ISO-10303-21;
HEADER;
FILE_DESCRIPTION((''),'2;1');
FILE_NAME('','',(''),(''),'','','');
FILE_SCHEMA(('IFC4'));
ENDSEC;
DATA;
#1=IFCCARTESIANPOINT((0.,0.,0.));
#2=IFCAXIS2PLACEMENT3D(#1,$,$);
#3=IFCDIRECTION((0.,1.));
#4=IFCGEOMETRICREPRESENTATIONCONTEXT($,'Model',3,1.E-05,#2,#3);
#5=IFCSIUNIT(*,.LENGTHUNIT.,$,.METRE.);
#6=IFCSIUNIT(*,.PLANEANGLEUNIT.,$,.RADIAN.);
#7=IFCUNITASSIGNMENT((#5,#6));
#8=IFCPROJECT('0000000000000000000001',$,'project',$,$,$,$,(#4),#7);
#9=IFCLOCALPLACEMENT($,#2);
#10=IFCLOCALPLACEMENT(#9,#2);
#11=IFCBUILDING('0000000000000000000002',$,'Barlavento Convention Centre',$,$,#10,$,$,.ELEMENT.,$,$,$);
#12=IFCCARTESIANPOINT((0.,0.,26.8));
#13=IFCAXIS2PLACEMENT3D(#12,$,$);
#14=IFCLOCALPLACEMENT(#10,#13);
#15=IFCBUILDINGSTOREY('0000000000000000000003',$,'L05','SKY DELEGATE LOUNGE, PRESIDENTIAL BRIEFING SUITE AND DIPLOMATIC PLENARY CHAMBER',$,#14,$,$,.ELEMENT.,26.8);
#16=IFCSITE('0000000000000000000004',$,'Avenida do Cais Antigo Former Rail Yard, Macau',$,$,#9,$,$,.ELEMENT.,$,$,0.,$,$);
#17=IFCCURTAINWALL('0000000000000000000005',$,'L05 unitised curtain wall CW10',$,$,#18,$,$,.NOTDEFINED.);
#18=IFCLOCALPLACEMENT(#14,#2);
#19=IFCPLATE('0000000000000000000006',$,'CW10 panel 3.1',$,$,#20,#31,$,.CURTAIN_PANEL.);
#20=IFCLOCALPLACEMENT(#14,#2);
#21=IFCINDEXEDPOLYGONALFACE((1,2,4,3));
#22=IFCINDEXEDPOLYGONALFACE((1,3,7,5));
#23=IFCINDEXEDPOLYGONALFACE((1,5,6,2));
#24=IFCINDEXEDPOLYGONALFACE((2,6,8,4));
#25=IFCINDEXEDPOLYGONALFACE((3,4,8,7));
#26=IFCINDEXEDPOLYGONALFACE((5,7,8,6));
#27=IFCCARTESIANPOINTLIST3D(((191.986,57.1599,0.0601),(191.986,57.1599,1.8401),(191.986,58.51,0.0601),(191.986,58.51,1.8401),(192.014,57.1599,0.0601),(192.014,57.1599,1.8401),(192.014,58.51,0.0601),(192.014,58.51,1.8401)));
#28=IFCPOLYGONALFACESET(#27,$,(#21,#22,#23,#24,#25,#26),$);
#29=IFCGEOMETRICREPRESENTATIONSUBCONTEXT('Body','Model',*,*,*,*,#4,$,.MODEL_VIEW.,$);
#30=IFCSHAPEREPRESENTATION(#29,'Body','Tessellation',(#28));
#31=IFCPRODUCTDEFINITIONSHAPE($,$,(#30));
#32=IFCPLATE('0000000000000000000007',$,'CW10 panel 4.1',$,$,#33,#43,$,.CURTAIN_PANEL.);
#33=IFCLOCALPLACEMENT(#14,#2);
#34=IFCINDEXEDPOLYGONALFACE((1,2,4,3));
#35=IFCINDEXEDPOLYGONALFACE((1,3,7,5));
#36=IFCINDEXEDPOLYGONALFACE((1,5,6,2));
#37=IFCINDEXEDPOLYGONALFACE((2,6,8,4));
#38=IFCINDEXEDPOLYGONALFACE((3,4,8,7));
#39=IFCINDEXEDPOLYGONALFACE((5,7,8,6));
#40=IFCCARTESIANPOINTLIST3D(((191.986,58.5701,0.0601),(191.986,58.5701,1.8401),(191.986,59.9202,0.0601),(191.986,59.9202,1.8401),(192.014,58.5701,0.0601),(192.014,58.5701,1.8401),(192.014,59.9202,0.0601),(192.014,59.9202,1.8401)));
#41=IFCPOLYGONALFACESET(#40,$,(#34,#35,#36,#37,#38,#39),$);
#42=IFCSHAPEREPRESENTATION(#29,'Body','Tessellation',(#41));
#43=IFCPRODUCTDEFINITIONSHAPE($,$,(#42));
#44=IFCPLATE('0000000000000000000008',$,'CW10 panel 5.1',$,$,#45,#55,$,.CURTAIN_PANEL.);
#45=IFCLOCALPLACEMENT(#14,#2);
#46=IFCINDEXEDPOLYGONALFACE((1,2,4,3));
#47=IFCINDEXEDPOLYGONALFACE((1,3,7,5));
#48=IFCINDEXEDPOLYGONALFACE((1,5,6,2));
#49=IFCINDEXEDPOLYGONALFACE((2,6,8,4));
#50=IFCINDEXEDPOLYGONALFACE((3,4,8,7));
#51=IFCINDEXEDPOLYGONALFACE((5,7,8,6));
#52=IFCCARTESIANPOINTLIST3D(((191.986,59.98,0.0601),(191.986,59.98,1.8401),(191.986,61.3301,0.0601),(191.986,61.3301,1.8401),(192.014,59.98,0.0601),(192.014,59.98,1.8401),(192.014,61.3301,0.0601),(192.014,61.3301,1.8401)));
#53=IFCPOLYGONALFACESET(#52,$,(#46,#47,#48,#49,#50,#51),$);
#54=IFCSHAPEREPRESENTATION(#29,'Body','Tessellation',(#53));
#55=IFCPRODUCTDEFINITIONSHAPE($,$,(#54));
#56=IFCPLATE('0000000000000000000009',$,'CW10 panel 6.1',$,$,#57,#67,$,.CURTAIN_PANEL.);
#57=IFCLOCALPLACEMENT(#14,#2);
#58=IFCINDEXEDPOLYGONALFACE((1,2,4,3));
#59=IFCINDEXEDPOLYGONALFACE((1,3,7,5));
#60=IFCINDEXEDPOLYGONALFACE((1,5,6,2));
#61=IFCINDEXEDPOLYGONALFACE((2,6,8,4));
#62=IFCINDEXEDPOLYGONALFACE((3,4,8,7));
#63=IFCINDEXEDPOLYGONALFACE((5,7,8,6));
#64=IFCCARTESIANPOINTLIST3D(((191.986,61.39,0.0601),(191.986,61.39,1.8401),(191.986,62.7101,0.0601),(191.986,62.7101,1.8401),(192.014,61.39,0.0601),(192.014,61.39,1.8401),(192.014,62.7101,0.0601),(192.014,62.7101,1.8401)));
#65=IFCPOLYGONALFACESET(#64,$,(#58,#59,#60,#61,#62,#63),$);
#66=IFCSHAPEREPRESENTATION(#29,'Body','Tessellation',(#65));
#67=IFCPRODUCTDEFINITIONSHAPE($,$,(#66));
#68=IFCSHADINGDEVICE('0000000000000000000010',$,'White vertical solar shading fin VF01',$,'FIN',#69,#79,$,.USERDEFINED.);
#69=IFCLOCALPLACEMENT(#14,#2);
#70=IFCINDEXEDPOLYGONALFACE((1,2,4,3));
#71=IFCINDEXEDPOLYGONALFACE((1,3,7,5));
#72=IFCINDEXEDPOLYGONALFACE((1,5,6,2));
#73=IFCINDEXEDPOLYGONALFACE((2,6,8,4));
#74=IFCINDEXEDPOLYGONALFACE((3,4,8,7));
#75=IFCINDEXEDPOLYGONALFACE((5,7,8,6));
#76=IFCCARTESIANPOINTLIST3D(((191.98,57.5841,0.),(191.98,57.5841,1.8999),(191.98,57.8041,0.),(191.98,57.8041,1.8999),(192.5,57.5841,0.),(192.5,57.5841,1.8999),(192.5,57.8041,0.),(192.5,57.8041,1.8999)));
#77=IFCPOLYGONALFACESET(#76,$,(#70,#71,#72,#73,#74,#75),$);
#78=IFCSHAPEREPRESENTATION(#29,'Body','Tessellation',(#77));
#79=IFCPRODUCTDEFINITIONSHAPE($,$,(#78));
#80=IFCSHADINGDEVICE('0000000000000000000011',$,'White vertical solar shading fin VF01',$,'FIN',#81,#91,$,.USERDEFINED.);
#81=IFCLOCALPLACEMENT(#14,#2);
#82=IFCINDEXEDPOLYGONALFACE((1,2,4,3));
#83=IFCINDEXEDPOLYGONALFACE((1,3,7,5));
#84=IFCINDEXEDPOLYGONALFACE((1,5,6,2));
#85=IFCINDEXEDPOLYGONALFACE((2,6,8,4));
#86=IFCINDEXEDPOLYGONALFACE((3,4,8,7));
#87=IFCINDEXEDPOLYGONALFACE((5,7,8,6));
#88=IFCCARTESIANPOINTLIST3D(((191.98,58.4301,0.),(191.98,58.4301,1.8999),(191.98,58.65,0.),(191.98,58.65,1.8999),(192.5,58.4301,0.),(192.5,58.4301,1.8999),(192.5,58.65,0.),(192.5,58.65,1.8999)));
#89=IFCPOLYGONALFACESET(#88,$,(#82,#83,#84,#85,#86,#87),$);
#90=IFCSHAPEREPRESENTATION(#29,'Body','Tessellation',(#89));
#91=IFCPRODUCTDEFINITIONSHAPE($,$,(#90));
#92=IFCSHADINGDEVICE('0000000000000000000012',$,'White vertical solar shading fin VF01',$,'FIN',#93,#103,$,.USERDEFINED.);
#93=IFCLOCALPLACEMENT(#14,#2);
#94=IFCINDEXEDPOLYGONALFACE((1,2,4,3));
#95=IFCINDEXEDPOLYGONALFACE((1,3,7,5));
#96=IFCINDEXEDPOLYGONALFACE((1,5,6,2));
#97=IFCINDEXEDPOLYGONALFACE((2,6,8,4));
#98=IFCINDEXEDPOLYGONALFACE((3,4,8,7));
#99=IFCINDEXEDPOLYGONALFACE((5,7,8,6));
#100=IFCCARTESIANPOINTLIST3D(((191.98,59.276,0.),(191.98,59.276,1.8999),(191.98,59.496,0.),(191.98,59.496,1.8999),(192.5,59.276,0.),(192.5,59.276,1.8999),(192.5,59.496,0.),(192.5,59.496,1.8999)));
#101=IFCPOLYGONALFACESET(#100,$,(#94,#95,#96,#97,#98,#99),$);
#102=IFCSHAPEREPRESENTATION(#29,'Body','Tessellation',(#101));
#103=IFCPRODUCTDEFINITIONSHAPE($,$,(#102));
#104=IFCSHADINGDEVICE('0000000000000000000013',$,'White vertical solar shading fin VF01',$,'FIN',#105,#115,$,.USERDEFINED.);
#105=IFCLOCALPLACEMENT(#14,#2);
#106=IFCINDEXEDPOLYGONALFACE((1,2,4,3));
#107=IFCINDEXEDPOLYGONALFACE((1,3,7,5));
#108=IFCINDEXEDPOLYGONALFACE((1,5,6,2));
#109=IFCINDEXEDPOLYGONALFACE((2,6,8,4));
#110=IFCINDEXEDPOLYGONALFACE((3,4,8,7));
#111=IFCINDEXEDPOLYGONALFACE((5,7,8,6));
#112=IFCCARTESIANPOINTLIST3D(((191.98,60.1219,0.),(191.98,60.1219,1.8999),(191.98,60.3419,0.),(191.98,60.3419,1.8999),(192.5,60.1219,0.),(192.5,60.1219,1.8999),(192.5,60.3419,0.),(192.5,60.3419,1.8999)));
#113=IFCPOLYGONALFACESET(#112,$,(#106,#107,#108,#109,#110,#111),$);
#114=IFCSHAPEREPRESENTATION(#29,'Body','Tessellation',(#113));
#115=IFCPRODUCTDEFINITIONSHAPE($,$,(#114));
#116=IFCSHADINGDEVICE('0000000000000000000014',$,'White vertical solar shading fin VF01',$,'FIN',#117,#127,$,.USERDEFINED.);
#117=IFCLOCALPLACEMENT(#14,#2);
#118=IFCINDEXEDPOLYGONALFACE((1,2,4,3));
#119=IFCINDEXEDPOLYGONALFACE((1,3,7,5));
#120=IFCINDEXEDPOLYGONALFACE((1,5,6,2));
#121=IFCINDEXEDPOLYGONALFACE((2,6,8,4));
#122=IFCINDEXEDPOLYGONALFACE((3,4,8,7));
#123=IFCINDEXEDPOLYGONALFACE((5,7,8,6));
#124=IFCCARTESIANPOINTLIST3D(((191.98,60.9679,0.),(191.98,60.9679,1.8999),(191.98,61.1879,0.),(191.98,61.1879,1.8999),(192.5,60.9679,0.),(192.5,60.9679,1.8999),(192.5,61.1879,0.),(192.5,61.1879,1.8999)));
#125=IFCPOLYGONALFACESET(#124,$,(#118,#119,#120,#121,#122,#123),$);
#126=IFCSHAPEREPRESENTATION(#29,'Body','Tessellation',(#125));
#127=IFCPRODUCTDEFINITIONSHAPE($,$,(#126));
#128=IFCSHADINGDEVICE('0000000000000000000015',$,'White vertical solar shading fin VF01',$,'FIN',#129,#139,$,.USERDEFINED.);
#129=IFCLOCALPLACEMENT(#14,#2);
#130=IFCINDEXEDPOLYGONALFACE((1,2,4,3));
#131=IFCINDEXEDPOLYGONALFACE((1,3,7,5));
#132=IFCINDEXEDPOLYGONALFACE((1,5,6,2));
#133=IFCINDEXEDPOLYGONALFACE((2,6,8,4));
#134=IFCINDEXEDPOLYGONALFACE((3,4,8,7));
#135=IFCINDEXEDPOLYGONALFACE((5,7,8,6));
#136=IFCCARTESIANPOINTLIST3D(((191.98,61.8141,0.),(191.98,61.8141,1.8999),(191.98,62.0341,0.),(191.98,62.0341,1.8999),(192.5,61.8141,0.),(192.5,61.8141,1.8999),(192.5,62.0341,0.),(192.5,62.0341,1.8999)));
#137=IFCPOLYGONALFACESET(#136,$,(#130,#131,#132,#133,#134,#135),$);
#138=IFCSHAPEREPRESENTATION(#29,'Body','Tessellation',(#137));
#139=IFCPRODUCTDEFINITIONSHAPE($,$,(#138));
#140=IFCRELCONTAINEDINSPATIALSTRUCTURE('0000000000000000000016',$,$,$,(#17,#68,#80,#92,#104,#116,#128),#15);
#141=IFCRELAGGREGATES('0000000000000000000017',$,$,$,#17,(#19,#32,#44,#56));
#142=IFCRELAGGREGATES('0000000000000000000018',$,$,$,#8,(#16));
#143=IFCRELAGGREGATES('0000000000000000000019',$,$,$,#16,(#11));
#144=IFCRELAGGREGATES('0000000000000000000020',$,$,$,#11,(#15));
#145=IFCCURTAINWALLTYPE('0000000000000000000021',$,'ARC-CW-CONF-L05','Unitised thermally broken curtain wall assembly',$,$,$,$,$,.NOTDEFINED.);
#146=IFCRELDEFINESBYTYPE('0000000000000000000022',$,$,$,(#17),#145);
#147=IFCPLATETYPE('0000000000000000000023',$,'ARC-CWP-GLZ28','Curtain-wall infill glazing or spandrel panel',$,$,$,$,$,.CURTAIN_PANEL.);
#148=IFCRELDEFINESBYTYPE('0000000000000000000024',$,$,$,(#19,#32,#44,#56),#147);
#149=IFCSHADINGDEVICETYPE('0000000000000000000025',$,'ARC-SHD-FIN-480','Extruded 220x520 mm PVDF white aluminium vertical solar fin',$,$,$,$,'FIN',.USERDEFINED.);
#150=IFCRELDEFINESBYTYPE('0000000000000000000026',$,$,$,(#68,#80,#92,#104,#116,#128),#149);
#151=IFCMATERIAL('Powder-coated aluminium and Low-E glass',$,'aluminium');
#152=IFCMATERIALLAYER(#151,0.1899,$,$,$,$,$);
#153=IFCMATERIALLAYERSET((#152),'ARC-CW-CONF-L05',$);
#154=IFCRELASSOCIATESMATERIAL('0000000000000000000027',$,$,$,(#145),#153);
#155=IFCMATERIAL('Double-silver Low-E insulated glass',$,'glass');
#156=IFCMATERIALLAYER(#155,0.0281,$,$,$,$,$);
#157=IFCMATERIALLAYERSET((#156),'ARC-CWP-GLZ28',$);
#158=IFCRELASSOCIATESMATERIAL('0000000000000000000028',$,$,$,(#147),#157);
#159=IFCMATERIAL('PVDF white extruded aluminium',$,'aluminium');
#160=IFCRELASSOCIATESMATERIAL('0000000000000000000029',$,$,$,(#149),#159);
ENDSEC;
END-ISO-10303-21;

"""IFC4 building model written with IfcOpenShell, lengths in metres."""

from ifc_helpers import new_model, si_unit, direction, frame, origin, origin_2d, place, context, subcontext, project, spatial, rectangle, extrude, material, layer, layer_set, type_object, element, aggregate, save


model = new_model("IFC4")

# Units and contexts
model_context = context("Model", 3, precision=1e-05, world=origin(), true_north=direction((0.0, 1.0)))
body_context = subcontext(model_context, "Body", "Model", "MODEL_VIEW")
ifc_project = project(units=[si_unit("LENGTHUNIT", "METRE"), si_unit("PLANEANGLEUNIT", "RADIAN")], contexts=[model_context])

# Site, building, storey
site_placement = place(None, origin())
site = spatial("IfcSite", under=ifc_project, at=site_placement, Name="Avenida do Cais Antigo Former Rail Yard, Macau", CompositionType="ELEMENT", RefElevation=0.0)
building_placement = place(site_placement, origin())
building = spatial("IfcBuilding", under=site, at=building_placement, Name="Barlavento Convention Centre", CompositionType="ELEMENT")
storey_placement = place(building_placement, frame((0.0, 0.0, 26.8)))
storey = spatial("IfcBuildingStorey", under=building, at=storey_placement, Name="L05", Description="SKY DELEGATE LOUNGE, PRESIDENTIAL BRIEFING SUITE AND DIPLOMATIC PLENARY CHAMBER", CompositionType="ELEMENT", Elevation=26.8)

# Curtain wall, plates
ifc_material_1 = material(Name="Powder-coated aluminium and Low-E glass", Category="aluminium")
ifc_layer_1 = layer(ifc_material_1, 0.1899)
ifc_layer_set_1 = layer_set([ifc_layer_1], Name="ARC-CW-CONF-L05")
curtain_wall_type = type_object("IfcCurtainWallType", Name="ARC-CW-CONF-L05", Description="Unitised thermally broken curtain wall assembly", PredefinedType="NOTDEFINED", material=ifc_layer_set_1)
curtain_wall_placement = place(storey_placement, origin())
curtain_wall = element("IfcCurtainWall", 1, at=curtain_wall_placement, inside=storey, type_object=curtain_wall_type, Name="L05 unitised curtain wall CW10", PredefinedType="NOTDEFINED")
ifc_material_2 = material(Name="Double-silver Low-E insulated glass", Category="glass")
ifc_layer_2 = layer(ifc_material_2, 0.0281)
ifc_layer_set_2 = layer_set([ifc_layer_2], Name="ARC-CWP-GLZ28")
plate_type = type_object("IfcPlateType", Name="ARC-CWP-GLZ28", Description="Curtain-wall infill glazing or spandrel panel", PredefinedType="CURTAIN_PANEL", material=ifc_layer_set_2)
plate_1_placement = place(storey_placement, frame((192.0, 57.835, 0.0601), z_axis=(0.0, 0.0, 1.0), x_axis=(0.0, 1.0, 0.0)))
plate_1 = element("IfcPlate", 2, at=plate_1_placement, type_object=plate_type, Name="CW10 panel 3.1", PredefinedType="CURTAIN_PANEL", context=body_context, shape_type="SweptSolid", body=[
    extrude(rectangle(XDim=1.3501, YDim=0.0281, at=origin_2d()), origin(), (0.0, 0.0, 1.0), 1.78),
])
plate_2_placement = place(storey_placement, frame((192.0, 59.2451, 0.0601), z_axis=(0.0, 0.0, 1.0), x_axis=(0.0, 1.0, 0.0)))
plate_2 = element("IfcPlate", 3, at=plate_2_placement, type_object=plate_type, Name="CW10 panel 4.1", PredefinedType="CURTAIN_PANEL", context=body_context, shape_type="SweptSolid", body=[
    extrude(rectangle(XDim=1.3501, YDim=0.0281, at=origin_2d()), origin(), (0.0, 0.0, 1.0), 1.78),
])
plate_3_placement = place(storey_placement, frame((192.0, 60.655, 0.0601), z_axis=(0.0, 0.0, 1.0), x_axis=(0.0, 1.0, 0.0)))
plate_3 = element("IfcPlate", 4, at=plate_3_placement, type_object=plate_type, Name="CW10 panel 5.1", PredefinedType="CURTAIN_PANEL", context=body_context, shape_type="SweptSolid", body=[
    extrude(rectangle(XDim=1.3501, YDim=0.0281, at=origin_2d()), origin(), (0.0, 0.0, 1.0), 1.78),
])
plate_4_placement = place(storey_placement, frame((192.0, 62.05, 0.0601), z_axis=(0.0, 0.0, 1.0), x_axis=(0.0, 1.0, 0.0)))
plate_4 = element("IfcPlate", 5, at=plate_4_placement, type_object=plate_type, Name="CW10 panel 6.1", PredefinedType="CURTAIN_PANEL", context=body_context, shape_type="SweptSolid", body=[
    extrude(rectangle(XDim=1.3201, YDim=0.0281, at=origin_2d()), origin(), (0.0, 0.0, 1.0), 1.78),
])
aggregate(curtain_wall, [plate_1, plate_2, plate_3, plate_4])

# Shading devices
ifc_material_3 = material(Name="PVDF white extruded aluminium", Category="aluminium")
shading_device_type = type_object("IfcShadingDeviceType", Name="ARC-SHD-FIN-480", Description="Extruded 220x520 mm PVDF white aluminium vertical solar fin", ElementType="FIN", PredefinedType="USERDEFINED", material=ifc_material_3)
for number, where, z_axis, x_axis, name in (
    (6, (192.24, 57.6941, 0.0), (0.0, 0.0, 1.0), (0.0, 1.0, 0.0), "White vertical solar shading fin VF01"),
    (7, (192.24, 58.54, 0.0), (0.0, 0.0, 1.0), (0.0, 1.0, 0.0), "White vertical solar shading fin VF01"),
    (8, (192.24, 59.386, 0.0), (0.0, 0.0, 1.0), (0.0, 1.0, 0.0), "White vertical solar shading fin VF01"),
    (9, (192.24, 60.2319, 0.0), (0.0, 0.0, 1.0), (0.0, 1.0, 0.0), "White vertical solar shading fin VF01"),
    (10, (192.24, 61.0779, 0.0), (0.0, 0.0, 1.0), (0.0, 1.0, 0.0), "White vertical solar shading fin VF01"),
    (11, (192.24, 61.9241, 0.0), (0.0, 0.0, 1.0), (0.0, 1.0, 0.0), "White vertical solar shading fin VF01"),
):
    element("IfcShadingDevice", number, at=place(storey_placement, frame(where, z_axis=z_axis, x_axis=x_axis)), inside=storey, type_object=shading_device_type, Name=name, ObjectType="FIN", PredefinedType="USERDEFINED", context=body_context, shape_type="SweptSolid", body=[
        extrude(rectangle(XDim=0.22, YDim=0.52, at=origin_2d()), origin(), (0.0, 0.0, 1.0), 1.8999),
    ])

save(model, "model.ifc")
